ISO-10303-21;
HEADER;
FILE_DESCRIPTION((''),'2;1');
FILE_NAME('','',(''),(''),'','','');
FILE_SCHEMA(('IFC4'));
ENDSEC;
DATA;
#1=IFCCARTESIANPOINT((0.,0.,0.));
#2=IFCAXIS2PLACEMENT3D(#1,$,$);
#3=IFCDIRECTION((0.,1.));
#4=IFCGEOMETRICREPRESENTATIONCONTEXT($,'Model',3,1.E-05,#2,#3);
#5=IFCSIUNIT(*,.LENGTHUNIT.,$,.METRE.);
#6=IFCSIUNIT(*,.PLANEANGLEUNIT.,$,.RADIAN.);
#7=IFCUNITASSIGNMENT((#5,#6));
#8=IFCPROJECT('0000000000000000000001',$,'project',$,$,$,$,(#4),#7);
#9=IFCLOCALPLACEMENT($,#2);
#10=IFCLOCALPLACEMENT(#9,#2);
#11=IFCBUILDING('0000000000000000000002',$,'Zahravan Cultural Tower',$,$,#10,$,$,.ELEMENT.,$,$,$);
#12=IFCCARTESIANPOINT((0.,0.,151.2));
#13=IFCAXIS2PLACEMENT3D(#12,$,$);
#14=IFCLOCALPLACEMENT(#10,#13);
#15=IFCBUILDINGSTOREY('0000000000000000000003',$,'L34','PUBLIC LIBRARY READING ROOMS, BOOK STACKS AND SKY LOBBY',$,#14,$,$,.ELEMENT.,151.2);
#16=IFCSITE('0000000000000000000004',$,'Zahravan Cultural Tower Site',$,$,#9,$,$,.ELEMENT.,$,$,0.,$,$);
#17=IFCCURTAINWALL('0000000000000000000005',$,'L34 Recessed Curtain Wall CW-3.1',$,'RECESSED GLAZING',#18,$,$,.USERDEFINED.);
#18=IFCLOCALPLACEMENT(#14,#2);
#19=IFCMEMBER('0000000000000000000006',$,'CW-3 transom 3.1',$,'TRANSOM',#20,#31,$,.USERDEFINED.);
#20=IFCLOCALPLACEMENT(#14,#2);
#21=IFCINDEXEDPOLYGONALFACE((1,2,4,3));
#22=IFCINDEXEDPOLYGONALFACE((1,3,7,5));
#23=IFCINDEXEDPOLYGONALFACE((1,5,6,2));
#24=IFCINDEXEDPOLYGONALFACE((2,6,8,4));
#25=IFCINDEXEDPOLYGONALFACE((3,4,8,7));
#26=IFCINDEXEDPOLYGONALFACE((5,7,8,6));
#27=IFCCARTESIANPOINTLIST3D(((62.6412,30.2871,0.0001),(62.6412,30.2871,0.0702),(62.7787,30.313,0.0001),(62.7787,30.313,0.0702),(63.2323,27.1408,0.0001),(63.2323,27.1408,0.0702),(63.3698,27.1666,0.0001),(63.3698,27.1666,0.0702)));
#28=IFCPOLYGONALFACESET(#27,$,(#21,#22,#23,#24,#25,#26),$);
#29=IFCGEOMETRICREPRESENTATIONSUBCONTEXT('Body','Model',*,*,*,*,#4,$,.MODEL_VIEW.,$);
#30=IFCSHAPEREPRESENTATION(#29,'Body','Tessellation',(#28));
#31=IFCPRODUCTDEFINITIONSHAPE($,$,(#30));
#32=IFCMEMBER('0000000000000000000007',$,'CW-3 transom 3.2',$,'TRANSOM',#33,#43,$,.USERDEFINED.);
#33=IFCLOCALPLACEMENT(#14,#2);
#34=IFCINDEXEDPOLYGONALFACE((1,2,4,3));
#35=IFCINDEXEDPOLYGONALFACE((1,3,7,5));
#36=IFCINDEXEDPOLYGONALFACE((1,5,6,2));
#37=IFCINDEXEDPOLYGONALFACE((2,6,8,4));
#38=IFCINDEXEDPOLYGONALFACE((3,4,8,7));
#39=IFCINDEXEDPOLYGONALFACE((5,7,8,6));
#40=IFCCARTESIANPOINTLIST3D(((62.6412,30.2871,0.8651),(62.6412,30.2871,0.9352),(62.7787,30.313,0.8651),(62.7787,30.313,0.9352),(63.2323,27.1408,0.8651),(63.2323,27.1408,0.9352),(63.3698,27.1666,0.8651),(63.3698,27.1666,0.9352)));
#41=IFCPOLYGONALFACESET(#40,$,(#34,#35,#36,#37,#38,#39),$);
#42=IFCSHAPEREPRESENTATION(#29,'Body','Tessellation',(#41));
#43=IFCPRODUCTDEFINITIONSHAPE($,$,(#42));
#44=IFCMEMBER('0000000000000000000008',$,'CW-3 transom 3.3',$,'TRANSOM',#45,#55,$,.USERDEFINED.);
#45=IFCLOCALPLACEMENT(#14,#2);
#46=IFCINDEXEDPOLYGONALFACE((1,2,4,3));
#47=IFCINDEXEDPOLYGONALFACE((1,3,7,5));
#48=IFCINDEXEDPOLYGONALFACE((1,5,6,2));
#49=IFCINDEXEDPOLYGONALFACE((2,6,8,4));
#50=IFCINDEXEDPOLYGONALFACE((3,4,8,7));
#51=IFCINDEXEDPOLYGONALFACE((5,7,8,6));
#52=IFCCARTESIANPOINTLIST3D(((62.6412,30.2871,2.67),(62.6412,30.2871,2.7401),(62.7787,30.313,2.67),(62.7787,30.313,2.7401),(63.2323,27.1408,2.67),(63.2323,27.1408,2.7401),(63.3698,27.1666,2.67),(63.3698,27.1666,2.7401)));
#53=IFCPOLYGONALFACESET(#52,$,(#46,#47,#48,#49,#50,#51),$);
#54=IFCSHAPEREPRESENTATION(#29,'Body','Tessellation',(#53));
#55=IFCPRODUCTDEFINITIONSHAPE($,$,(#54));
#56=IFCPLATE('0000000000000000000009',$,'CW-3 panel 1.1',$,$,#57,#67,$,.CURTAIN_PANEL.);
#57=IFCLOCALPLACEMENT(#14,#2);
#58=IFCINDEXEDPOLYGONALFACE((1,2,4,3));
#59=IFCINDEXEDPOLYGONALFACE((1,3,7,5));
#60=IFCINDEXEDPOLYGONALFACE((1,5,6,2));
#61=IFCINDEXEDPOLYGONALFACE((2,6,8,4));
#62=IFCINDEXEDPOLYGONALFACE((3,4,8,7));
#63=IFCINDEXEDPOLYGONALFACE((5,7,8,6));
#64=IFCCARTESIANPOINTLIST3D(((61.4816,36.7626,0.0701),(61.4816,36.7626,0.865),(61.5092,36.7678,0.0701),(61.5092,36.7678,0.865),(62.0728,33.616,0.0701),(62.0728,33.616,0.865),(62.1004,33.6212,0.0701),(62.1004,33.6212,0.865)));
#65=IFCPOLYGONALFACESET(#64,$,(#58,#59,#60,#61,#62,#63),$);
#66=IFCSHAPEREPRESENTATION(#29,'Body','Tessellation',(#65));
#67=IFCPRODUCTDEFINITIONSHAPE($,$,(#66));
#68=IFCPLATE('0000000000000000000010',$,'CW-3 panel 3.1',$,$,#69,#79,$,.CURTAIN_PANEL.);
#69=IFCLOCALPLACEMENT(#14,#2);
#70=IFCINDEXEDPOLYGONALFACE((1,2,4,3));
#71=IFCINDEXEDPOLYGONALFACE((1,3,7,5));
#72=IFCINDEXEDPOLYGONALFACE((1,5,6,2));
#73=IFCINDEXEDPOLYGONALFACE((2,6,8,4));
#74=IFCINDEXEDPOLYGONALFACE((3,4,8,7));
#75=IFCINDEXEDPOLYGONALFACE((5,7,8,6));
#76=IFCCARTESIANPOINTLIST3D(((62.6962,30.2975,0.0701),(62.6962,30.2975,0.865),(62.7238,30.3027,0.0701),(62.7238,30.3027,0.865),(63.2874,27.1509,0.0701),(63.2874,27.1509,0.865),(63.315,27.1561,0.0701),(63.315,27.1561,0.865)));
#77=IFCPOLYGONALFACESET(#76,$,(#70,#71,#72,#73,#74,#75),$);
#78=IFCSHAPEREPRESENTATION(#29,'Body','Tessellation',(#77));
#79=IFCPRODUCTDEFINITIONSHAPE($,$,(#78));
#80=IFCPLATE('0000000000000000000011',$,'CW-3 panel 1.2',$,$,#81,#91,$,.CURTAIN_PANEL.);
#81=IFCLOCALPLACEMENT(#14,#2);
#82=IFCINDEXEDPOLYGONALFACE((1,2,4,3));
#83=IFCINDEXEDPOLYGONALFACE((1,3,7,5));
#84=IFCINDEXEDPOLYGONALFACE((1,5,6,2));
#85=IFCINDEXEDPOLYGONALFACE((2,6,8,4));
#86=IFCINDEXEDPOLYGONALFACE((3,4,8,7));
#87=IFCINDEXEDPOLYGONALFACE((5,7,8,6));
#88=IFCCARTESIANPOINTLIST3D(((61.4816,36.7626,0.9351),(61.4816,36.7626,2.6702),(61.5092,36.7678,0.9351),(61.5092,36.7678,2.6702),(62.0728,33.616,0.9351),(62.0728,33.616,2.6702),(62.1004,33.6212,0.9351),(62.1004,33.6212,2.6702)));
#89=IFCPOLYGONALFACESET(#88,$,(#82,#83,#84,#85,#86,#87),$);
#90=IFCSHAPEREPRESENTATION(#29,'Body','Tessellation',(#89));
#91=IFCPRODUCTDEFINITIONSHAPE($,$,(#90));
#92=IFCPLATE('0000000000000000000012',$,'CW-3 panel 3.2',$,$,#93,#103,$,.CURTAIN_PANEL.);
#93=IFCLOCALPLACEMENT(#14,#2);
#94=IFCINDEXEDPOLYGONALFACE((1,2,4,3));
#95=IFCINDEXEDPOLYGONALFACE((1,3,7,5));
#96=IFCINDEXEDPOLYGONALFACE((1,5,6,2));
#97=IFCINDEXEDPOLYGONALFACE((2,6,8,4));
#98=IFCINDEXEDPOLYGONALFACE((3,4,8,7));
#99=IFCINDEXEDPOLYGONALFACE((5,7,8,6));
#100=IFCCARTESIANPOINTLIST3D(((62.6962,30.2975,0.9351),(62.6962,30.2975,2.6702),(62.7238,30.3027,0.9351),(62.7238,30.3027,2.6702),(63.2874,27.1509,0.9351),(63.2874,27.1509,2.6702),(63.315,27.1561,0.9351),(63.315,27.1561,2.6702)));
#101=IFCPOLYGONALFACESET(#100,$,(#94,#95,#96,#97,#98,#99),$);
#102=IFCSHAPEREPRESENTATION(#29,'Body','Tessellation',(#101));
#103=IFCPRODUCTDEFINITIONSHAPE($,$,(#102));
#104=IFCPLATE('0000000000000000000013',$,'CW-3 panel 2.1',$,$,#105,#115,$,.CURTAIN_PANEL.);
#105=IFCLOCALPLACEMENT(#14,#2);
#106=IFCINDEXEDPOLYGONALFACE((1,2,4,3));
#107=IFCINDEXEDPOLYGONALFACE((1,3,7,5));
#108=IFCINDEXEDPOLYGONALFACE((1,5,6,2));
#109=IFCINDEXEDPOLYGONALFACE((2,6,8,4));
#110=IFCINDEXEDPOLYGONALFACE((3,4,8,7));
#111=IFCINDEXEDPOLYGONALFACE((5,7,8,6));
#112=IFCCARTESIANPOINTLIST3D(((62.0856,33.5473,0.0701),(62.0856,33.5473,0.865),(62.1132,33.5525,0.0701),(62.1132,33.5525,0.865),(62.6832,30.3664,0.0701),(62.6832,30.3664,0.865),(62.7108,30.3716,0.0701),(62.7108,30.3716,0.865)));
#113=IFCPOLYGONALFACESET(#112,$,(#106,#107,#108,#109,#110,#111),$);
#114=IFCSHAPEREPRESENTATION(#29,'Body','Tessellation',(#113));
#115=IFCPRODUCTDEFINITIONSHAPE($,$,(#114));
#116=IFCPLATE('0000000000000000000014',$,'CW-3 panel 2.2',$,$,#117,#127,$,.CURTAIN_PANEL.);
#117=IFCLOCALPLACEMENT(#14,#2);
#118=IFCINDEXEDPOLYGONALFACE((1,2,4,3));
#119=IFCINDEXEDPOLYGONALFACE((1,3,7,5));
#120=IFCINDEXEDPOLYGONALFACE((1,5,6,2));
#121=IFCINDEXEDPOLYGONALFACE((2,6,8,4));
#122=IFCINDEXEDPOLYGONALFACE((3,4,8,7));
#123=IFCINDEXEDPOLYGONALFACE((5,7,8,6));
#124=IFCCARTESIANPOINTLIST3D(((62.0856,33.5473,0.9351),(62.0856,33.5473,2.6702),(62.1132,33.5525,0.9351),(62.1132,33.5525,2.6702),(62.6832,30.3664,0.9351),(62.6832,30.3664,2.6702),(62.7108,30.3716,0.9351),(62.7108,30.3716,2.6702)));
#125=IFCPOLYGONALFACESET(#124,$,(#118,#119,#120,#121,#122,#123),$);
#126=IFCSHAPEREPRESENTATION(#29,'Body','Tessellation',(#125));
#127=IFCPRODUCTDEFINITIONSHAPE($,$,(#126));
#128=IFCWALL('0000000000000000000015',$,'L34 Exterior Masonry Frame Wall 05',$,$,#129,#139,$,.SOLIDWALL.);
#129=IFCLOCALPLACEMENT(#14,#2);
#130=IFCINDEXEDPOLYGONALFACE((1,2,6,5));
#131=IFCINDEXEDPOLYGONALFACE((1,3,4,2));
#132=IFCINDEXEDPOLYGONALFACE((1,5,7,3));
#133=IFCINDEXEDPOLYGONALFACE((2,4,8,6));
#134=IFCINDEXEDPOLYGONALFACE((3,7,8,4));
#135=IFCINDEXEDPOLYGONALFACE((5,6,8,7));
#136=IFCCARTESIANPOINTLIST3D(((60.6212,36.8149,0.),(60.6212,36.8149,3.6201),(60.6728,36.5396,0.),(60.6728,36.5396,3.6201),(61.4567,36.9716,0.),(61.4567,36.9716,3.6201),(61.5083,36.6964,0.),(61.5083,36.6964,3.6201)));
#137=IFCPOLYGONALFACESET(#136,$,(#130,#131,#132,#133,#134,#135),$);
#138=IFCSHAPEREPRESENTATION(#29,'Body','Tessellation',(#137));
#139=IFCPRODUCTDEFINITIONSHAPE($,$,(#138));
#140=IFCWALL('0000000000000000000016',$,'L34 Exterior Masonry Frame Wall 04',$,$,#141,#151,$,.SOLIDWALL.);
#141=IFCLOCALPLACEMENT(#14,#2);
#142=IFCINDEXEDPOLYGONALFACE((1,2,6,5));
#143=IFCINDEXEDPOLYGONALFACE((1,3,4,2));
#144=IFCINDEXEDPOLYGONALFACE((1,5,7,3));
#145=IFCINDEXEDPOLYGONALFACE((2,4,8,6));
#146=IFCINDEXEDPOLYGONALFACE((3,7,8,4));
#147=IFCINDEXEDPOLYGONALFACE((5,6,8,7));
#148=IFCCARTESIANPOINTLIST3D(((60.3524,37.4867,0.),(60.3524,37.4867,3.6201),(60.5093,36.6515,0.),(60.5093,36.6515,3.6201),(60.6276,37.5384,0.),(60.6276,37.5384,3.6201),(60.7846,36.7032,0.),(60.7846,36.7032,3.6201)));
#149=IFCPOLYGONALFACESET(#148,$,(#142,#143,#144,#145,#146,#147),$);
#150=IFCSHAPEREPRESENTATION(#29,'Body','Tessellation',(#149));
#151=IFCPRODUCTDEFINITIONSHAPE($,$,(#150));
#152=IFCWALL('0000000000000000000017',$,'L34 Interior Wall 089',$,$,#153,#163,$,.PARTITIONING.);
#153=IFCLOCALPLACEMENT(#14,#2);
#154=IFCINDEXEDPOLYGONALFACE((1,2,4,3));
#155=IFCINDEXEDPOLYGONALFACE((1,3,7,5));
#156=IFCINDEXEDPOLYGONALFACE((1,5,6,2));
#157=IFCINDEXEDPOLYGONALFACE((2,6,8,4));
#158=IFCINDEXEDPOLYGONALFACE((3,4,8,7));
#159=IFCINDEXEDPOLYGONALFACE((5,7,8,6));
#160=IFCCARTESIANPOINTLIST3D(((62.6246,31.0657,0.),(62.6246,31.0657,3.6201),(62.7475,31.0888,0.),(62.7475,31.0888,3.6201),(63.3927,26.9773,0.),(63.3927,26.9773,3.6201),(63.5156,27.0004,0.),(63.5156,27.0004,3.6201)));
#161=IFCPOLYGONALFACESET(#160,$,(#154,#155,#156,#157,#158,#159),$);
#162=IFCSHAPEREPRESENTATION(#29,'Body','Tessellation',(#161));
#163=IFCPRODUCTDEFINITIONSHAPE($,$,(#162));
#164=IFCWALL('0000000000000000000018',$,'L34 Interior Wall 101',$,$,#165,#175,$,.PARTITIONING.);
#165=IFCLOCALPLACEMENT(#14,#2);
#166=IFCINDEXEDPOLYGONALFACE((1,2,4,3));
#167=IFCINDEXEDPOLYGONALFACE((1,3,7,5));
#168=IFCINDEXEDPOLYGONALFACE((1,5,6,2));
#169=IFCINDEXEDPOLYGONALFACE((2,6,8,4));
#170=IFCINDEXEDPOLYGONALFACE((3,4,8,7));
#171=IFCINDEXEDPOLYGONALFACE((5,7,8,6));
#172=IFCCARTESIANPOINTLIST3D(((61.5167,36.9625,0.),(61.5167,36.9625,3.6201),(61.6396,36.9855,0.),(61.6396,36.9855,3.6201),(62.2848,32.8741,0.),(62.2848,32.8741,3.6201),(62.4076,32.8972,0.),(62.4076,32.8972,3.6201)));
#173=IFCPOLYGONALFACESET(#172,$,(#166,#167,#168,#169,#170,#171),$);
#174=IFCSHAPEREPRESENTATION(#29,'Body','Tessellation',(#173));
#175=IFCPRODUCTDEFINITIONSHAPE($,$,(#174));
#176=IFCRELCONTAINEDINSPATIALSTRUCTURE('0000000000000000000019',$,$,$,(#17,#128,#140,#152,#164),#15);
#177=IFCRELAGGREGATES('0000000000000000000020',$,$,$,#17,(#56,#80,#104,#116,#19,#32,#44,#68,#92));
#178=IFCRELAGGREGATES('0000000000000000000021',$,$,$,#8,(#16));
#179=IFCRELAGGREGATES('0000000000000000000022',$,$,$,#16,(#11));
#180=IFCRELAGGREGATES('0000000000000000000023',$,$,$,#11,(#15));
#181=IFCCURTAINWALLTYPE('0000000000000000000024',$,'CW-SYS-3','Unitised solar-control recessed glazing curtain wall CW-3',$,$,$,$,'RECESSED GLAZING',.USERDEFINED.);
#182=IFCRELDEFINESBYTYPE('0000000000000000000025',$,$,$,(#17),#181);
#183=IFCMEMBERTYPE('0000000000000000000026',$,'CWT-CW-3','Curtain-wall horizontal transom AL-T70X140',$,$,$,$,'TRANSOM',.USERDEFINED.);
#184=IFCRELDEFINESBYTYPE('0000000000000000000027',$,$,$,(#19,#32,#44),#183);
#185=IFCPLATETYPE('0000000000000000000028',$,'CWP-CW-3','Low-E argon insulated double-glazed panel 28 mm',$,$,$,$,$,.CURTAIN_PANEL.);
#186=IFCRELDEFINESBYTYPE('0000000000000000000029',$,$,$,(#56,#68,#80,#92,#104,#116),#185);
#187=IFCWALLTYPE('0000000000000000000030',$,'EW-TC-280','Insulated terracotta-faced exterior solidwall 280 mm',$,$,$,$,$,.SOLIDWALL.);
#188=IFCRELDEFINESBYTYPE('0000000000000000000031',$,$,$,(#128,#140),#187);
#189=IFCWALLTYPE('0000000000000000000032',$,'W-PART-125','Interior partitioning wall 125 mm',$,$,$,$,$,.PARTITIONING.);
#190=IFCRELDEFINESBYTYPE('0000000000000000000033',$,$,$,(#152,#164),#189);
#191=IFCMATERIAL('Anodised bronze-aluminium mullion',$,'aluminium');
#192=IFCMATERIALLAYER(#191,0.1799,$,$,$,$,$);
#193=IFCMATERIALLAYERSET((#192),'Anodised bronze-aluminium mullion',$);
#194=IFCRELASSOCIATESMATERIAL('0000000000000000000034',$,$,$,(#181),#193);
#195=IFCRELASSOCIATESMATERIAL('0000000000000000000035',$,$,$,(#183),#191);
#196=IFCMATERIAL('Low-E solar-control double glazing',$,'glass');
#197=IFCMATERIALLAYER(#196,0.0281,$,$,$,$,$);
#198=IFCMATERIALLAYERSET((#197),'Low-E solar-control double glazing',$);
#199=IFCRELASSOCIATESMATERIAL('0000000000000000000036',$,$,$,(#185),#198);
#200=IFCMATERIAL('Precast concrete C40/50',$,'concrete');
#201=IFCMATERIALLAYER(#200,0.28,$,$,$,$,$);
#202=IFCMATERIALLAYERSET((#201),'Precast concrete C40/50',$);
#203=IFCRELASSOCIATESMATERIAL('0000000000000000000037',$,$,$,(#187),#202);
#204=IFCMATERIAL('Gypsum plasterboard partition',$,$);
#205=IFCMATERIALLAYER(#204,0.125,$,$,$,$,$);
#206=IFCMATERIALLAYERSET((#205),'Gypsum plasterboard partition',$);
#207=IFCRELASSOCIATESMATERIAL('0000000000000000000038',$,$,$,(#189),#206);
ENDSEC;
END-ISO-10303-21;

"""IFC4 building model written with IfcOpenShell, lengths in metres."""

from ifc_helpers import new_model, si_unit, direction, frame, frame_2d, origin, origin_2d, place, context, subcontext, project, spatial, rectangle, extrude, source, transform, mapped, material, layer, layer_set, material_profile, profile_set, type_object, element, aggregate, save


model = new_model("IFC4")

# Units and contexts
model_context = context("Model", 3, precision=1e-05, world=origin(), true_north=direction((0.0, 1.0)))
body_context = subcontext(model_context, "Body", "Model", "MODEL_VIEW")
ifc_project = project(units=[si_unit("LENGTHUNIT", "METRE"), si_unit("PLANEANGLEUNIT", "RADIAN")], contexts=[model_context])

# Site, building, storey
site_placement = place(None, origin())
site = spatial("IfcSite", under=ifc_project, at=site_placement, Name="Zahravan Cultural Tower Site", CompositionType="ELEMENT", RefElevation=0.0)
building_placement = place(site_placement, origin())
building = spatial("IfcBuilding", under=site, at=building_placement, Name="Zahravan Cultural Tower", CompositionType="ELEMENT")
storey_placement = place(building_placement, frame((0.0, 0.0, 151.2)))
storey = spatial("IfcBuildingStorey", under=building, at=storey_placement, Name="L34", Description="PUBLIC LIBRARY READING ROOMS, BOOK STACKS AND SKY LOBBY", CompositionType="ELEMENT", Elevation=151.2)

# Curtain wall, members, plates
ifc_material_1 = material(Name="Anodised bronze-aluminium mullion", Category="aluminium")
ifc_layer_1 = layer(ifc_material_1, 0.1799)
ifc_layer_set_1 = layer_set([ifc_layer_1], Name="Anodised bronze-aluminium mullion")
curtain_wall_type = type_object("IfcCurtainWallType", Name="CW-SYS-3", Description="Unitised solar-control recessed glazing curtain wall CW-3", ElementType="RECESSED GLAZING", PredefinedType="USERDEFINED", material=ifc_layer_set_1)
curtain_wall_placement = place(storey_placement, origin())
curtain_wall = element("IfcCurtainWall", 1, at=curtain_wall_placement, inside=storey, type_object=curtain_wall_type, Name="L34 Recessed Curtain Wall CW-3.1", ObjectType="RECESSED GLAZING", PredefinedType="USERDEFINED")
ifc_material_profile_1 = material_profile(ifc_material_1, rectangle(XDim=0.1399, YDim=0.0701, at=origin_2d()), Name="AL-T70X140")
ifc_profile_set_1 = profile_set([ifc_material_profile_1], Name="Anodised bronze-aluminium mullion")
member_type_1 = type_object("IfcMemberType", Name="CWT-CW-3", Description="Curtain-wall horizontal transom AL-T70X140", ElementType="TRANSOM", PredefinedType="USERDEFINED", material=ifc_profile_set_1)
shared_shape_1 = source(origin(), body_context, "Body", "SweptSolid", [
    extrude(rectangle(XDim=0.1399, YDim=0.0701, at=origin_2d()), origin(), (0.0, 0.0, 1.0), 3.2014),
])
member_1_placement = place(storey_placement, frame((62.71, 30.3, 0.0352), z_axis=(0.18462, -0.98281, 0.0), x_axis=(0.98281, 0.18462, 0.0)))
member_1 = element("IfcMember", 2, at=member_1_placement, type_object=member_type_1, Name="CW-3 transom 3.1", ObjectType="TRANSOM", PredefinedType="USERDEFINED", context=body_context, shape_type="MappedRepresentation", body=[
    mapped(shared_shape_1, transform((0.0, 0.0, 0.0), x_axis=(1.0, 0.0, 0.0), y_axis=(0.0, 1.0, 0.0), z_axis=(0.0, 0.0, 1.0), scale=1.0)),
])
member_2_placement = place(storey_placement, frame((62.71, 30.3, 0.9001), z_axis=(0.18462, -0.98281, 0.0), x_axis=(0.98281, 0.18462, 0.0)))
member_2 = element("IfcMember", 3, at=member_2_placement, type_object=member_type_1, Name="CW-3 transom 3.2", ObjectType="TRANSOM", PredefinedType="USERDEFINED", context=body_context, shape_type="MappedRepresentation", body=[
    mapped(shared_shape_1, transform((0.0, 0.0, 0.0), x_axis=(1.0, 0.0, 0.0), y_axis=(0.0, 1.0, 0.0), z_axis=(0.0, 0.0, 1.0), scale=1.0)),
])
member_3_placement = place(storey_placement, frame((62.71, 30.3, 2.7051), z_axis=(0.18462, -0.98281, 0.0), x_axis=(0.98281, 0.18462, 0.0)))
member_3 = element("IfcMember", 4, at=member_3_placement, type_object=member_type_1, Name="CW-3 transom 3.3", ObjectType="TRANSOM", PredefinedType="USERDEFINED", context=body_context, shape_type="MappedRepresentation", body=[
    mapped(shared_shape_1, transform((0.0, 0.0, 0.0), x_axis=(1.0, 0.0, 0.0), y_axis=(0.0, 1.0, 0.0), z_axis=(0.0, 0.0, 1.0), scale=1.0)),
])
ifc_material_2 = material(Name="Low-E solar-control double glazing", Category="glass")
ifc_layer_2 = layer(ifc_material_2, 0.0281)
ifc_layer_set_2 = layer_set([ifc_layer_2], Name="Low-E solar-control double glazing")
plate_type = type_object("IfcPlateType", Name="CWP-CW-3", Description="Low-E argon insulated double-glazed panel 28 mm", PredefinedType="CURTAIN_PANEL", material=ifc_layer_set_2)
shared_shape_2 = source(origin(), body_context, "Body", "SweptSolid", [
    extrude(rectangle(XDim=3.2017, YDim=0.0281, at=origin_2d()), origin(), (0.0, 0.0, 1.0), 0.7949),
])
plate_1_placement = place(storey_placement, frame((61.791, 35.1919, 0.0701), z_axis=(0.0, 0.0, 1.0), x_axis=(0.184638, -0.982807, 0.0)))
plate_1 = element("IfcPlate", 5, at=plate_1_placement, type_object=plate_type, Name="CW-3 panel 1.1", PredefinedType="CURTAIN_PANEL", context=body_context, shape_type="MappedRepresentation", body=[
    mapped(shared_shape_2, transform((0.0, 0.0, 0.0), x_axis=(1.0, 0.0, 0.0), y_axis=(0.0, 1.0, 0.0), z_axis=(0.0, 0.0, 1.0), scale=1.0)),
])
plate_2_placement = place(storey_placement, frame((63.0056, 28.7268, 0.0701), z_axis=(0.0, 0.0, 1.0), x_axis=(0.184638, -0.982807, 0.0)))
plate_2 = element("IfcPlate", 6, at=plate_2_placement, type_object=plate_type, Name="CW-3 panel 3.1", PredefinedType="CURTAIN_PANEL", context=body_context, shape_type="MappedRepresentation", body=[
    mapped(shared_shape_2, transform((0.0, 0.0, 0.0), x_axis=(1.0, 0.0, 0.0), y_axis=(0.0, 1.0, 0.0), z_axis=(0.0, 0.0, 1.0), scale=1.0)),
])
shared_shape_3 = source(origin(), body_context, "Body", "SweptSolid", [
    extrude(rectangle(XDim=3.2017, YDim=0.0281, at=origin_2d()), origin(), (0.0, 0.0, 1.0), 1.7351),
])
plate_3_placement = place(storey_placement, frame((61.791, 35.1919, 0.9351), z_axis=(0.0, 0.0, 1.0), x_axis=(0.184638, -0.982807, 0.0)))
plate_3 = element("IfcPlate", 7, at=plate_3_placement, type_object=plate_type, Name="CW-3 panel 1.2", PredefinedType="CURTAIN_PANEL", context=body_context, shape_type="MappedRepresentation", body=[
    mapped(shared_shape_3, transform((0.0, 0.0, 0.0), x_axis=(1.0, 0.0, 0.0), y_axis=(0.0, 1.0, 0.0), z_axis=(0.0, 0.0, 1.0), scale=1.0)),
])
plate_4_placement = place(storey_placement, frame((63.0056, 28.7268, 0.9351), z_axis=(0.0, 0.0, 1.0), x_axis=(0.184638, -0.982807, 0.0)))
plate_4 = element("IfcPlate", 8, at=plate_4_placement, type_object=plate_type, Name="CW-3 panel 3.2", PredefinedType="CURTAIN_PANEL", context=body_context, shape_type="MappedRepresentation", body=[
    mapped(shared_shape_3, transform((0.0, 0.0, 0.0), x_axis=(1.0, 0.0, 0.0), y_axis=(0.0, 1.0, 0.0), z_axis=(0.0, 0.0, 1.0), scale=1.0)),
])
shared_shape_4 = source(origin(), body_context, "Body", "SweptSolid", [
    extrude(rectangle(XDim=3.2366, YDim=0.0281, at=origin_2d()), origin(), (0.0, 0.0, 1.0), 0.7949),
])
plate_5_placement = place(storey_placement, frame((62.3982, 31.9595, 0.0701), z_axis=(0.0, 0.0, 1.0), x_axis=(0.184638, -0.982807, 0.0)))
plate_5 = element("IfcPlate", 9, at=plate_5_placement, type_object=plate_type, Name="CW-3 panel 2.1", PredefinedType="CURTAIN_PANEL", context=body_context, shape_type="MappedRepresentation", body=[
    mapped(shared_shape_4, transform((0.0, 0.0, 0.0), x_axis=(1.0, 0.0, 0.0), y_axis=(0.0, 1.0, 0.0), z_axis=(0.0, 0.0, 1.0), scale=1.0)),
])
shared_shape_5 = source(origin(), body_context, "Body", "SweptSolid", [
    extrude(rectangle(XDim=3.2366, YDim=0.0281, at=origin_2d()), origin(), (0.0, 0.0, 1.0), 1.7351),
])
plate_6_placement = place(storey_placement, frame((62.3982, 31.9595, 0.9351), z_axis=(0.0, 0.0, 1.0), x_axis=(0.184638, -0.982807, 0.0)))
plate_6 = element("IfcPlate", 10, at=plate_6_placement, type_object=plate_type, Name="CW-3 panel 2.2", PredefinedType="CURTAIN_PANEL", context=body_context, shape_type="MappedRepresentation", body=[
    mapped(shared_shape_5, transform((0.0, 0.0, 0.0), x_axis=(1.0, 0.0, 0.0), y_axis=(0.0, 1.0, 0.0), z_axis=(0.0, 0.0, 1.0), scale=1.0)),
])
aggregate(curtain_wall, [plate_1, plate_3, plate_5, plate_6, member_1, member_2, member_3, plate_2, plate_4])

# Walls
ifc_material_3 = material(Name="Precast concrete C40/50", Category="concrete")
ifc_layer_3 = layer(ifc_material_3, 0.28)
ifc_layer_set_3 = layer_set([ifc_layer_3], Name="Precast concrete C40/50")
wall_type_1 = type_object("IfcWallType", Name="EW-TC-280", Description="Insulated terracotta-faced exterior solidwall 280 mm", PredefinedType="SOLIDWALL", material=ifc_layer_set_3)
shared_shape_6 = source(origin(), body_context, "Body", "SweptSolid", [
    extrude(rectangle(XDim=0.8501, YDim=0.28, at=frame_2d((0.425, 0.0))), origin(), (0.0, 0.0, 1.0), 3.6201),
])
wall_1_placement = place(storey_placement, frame((60.647, 36.6772, 0.0), z_axis=(0.0, 0.0, 1.0), x_axis=(0.982853, 0.184393, 0.0)))
element("IfcWall", 11, at=wall_1_placement, inside=storey, type_object=wall_type_1, Name="L34 Exterior Masonry Frame Wall 05", PredefinedType="SOLIDWALL", context=body_context, shape_type="MappedRepresentation", body=[
    mapped(shared_shape_6, transform((0.0, 0.0, 0.0), x_axis=(1.0, 0.0, 0.0), y_axis=(0.0, 1.0, 0.0), z_axis=(0.0, 0.0, 1.0), scale=1.0)),
])
shared_shape_7 = source(origin(), body_context, "Body", "SweptSolid", [
    extrude(rectangle(XDim=0.8499, YDim=0.28, at=frame_2d((0.4248, 0.0))), origin(), (0.0, 0.0, 1.0), 3.6201),
])
wall_2_placement = place(storey_placement, frame((60.49, 37.5125, 0.0), z_axis=(0.0, 0.0, 1.0), x_axis=(0.184722, -0.982791, 0.0)))
element("IfcWall", 12, at=wall_2_placement, inside=storey, type_object=wall_type_1, Name="L34 Exterior Masonry Frame Wall 04", PredefinedType="SOLIDWALL", context=body_context, shape_type="MappedRepresentation", body=[
    mapped(shared_shape_7, transform((0.0, 0.0, 0.0), x_axis=(1.0, 0.0, 0.0), y_axis=(0.0, 1.0, 0.0), z_axis=(0.0, 0.0, 1.0), scale=1.0)),
])
ifc_material_4 = material(Name="Gypsum plasterboard partition")
ifc_layer_4 = layer(ifc_material_4, 0.125)
ifc_layer_set_4 = layer_set([ifc_layer_4], Name="Gypsum plasterboard partition")
wall_type_2 = type_object("IfcWallType", Name="W-PART-125", Description="Interior partitioning wall 125 mm", PredefinedType="PARTITIONING", material=ifc_layer_set_4)
shared_shape_8 = source(origin(), body_context, "Body", "SweptSolid", [
    extrude(rectangle(XDim=4.1599, YDim=0.125, at=frame_2d((2.0801, 0.0))), origin(), (0.0, 0.0, 1.0), 3.6201),
])
for number, where, z_axis, x_axis, name in (
    (13, (62.686, 31.0774, 0.0), (0.0, 0.0, 1.0), (0.184636, -0.982807, 0.0), "L34 Interior Wall 089"),
    (14, (61.5781, 36.9741, 0.0), (0.0, 0.0, 1.0), (0.184636, -0.982807, 0.0), "L34 Interior Wall 101"),
):
    element("IfcWall", number, at=place(storey_placement, frame(where, z_axis=z_axis, x_axis=x_axis)), inside=storey, type_object=wall_type_2, Name=name, PredefinedType="PARTITIONING", context=body_context, shape_type="MappedRepresentation", body=[
        mapped(shared_shape_8, transform((0.0, 0.0, 0.0), x_axis=(1.0, 0.0, 0.0), y_axis=(0.0, 1.0, 0.0), z_axis=(0.0, 0.0, 1.0), scale=1.0)),
    ])

save(model, "model.ifc")
